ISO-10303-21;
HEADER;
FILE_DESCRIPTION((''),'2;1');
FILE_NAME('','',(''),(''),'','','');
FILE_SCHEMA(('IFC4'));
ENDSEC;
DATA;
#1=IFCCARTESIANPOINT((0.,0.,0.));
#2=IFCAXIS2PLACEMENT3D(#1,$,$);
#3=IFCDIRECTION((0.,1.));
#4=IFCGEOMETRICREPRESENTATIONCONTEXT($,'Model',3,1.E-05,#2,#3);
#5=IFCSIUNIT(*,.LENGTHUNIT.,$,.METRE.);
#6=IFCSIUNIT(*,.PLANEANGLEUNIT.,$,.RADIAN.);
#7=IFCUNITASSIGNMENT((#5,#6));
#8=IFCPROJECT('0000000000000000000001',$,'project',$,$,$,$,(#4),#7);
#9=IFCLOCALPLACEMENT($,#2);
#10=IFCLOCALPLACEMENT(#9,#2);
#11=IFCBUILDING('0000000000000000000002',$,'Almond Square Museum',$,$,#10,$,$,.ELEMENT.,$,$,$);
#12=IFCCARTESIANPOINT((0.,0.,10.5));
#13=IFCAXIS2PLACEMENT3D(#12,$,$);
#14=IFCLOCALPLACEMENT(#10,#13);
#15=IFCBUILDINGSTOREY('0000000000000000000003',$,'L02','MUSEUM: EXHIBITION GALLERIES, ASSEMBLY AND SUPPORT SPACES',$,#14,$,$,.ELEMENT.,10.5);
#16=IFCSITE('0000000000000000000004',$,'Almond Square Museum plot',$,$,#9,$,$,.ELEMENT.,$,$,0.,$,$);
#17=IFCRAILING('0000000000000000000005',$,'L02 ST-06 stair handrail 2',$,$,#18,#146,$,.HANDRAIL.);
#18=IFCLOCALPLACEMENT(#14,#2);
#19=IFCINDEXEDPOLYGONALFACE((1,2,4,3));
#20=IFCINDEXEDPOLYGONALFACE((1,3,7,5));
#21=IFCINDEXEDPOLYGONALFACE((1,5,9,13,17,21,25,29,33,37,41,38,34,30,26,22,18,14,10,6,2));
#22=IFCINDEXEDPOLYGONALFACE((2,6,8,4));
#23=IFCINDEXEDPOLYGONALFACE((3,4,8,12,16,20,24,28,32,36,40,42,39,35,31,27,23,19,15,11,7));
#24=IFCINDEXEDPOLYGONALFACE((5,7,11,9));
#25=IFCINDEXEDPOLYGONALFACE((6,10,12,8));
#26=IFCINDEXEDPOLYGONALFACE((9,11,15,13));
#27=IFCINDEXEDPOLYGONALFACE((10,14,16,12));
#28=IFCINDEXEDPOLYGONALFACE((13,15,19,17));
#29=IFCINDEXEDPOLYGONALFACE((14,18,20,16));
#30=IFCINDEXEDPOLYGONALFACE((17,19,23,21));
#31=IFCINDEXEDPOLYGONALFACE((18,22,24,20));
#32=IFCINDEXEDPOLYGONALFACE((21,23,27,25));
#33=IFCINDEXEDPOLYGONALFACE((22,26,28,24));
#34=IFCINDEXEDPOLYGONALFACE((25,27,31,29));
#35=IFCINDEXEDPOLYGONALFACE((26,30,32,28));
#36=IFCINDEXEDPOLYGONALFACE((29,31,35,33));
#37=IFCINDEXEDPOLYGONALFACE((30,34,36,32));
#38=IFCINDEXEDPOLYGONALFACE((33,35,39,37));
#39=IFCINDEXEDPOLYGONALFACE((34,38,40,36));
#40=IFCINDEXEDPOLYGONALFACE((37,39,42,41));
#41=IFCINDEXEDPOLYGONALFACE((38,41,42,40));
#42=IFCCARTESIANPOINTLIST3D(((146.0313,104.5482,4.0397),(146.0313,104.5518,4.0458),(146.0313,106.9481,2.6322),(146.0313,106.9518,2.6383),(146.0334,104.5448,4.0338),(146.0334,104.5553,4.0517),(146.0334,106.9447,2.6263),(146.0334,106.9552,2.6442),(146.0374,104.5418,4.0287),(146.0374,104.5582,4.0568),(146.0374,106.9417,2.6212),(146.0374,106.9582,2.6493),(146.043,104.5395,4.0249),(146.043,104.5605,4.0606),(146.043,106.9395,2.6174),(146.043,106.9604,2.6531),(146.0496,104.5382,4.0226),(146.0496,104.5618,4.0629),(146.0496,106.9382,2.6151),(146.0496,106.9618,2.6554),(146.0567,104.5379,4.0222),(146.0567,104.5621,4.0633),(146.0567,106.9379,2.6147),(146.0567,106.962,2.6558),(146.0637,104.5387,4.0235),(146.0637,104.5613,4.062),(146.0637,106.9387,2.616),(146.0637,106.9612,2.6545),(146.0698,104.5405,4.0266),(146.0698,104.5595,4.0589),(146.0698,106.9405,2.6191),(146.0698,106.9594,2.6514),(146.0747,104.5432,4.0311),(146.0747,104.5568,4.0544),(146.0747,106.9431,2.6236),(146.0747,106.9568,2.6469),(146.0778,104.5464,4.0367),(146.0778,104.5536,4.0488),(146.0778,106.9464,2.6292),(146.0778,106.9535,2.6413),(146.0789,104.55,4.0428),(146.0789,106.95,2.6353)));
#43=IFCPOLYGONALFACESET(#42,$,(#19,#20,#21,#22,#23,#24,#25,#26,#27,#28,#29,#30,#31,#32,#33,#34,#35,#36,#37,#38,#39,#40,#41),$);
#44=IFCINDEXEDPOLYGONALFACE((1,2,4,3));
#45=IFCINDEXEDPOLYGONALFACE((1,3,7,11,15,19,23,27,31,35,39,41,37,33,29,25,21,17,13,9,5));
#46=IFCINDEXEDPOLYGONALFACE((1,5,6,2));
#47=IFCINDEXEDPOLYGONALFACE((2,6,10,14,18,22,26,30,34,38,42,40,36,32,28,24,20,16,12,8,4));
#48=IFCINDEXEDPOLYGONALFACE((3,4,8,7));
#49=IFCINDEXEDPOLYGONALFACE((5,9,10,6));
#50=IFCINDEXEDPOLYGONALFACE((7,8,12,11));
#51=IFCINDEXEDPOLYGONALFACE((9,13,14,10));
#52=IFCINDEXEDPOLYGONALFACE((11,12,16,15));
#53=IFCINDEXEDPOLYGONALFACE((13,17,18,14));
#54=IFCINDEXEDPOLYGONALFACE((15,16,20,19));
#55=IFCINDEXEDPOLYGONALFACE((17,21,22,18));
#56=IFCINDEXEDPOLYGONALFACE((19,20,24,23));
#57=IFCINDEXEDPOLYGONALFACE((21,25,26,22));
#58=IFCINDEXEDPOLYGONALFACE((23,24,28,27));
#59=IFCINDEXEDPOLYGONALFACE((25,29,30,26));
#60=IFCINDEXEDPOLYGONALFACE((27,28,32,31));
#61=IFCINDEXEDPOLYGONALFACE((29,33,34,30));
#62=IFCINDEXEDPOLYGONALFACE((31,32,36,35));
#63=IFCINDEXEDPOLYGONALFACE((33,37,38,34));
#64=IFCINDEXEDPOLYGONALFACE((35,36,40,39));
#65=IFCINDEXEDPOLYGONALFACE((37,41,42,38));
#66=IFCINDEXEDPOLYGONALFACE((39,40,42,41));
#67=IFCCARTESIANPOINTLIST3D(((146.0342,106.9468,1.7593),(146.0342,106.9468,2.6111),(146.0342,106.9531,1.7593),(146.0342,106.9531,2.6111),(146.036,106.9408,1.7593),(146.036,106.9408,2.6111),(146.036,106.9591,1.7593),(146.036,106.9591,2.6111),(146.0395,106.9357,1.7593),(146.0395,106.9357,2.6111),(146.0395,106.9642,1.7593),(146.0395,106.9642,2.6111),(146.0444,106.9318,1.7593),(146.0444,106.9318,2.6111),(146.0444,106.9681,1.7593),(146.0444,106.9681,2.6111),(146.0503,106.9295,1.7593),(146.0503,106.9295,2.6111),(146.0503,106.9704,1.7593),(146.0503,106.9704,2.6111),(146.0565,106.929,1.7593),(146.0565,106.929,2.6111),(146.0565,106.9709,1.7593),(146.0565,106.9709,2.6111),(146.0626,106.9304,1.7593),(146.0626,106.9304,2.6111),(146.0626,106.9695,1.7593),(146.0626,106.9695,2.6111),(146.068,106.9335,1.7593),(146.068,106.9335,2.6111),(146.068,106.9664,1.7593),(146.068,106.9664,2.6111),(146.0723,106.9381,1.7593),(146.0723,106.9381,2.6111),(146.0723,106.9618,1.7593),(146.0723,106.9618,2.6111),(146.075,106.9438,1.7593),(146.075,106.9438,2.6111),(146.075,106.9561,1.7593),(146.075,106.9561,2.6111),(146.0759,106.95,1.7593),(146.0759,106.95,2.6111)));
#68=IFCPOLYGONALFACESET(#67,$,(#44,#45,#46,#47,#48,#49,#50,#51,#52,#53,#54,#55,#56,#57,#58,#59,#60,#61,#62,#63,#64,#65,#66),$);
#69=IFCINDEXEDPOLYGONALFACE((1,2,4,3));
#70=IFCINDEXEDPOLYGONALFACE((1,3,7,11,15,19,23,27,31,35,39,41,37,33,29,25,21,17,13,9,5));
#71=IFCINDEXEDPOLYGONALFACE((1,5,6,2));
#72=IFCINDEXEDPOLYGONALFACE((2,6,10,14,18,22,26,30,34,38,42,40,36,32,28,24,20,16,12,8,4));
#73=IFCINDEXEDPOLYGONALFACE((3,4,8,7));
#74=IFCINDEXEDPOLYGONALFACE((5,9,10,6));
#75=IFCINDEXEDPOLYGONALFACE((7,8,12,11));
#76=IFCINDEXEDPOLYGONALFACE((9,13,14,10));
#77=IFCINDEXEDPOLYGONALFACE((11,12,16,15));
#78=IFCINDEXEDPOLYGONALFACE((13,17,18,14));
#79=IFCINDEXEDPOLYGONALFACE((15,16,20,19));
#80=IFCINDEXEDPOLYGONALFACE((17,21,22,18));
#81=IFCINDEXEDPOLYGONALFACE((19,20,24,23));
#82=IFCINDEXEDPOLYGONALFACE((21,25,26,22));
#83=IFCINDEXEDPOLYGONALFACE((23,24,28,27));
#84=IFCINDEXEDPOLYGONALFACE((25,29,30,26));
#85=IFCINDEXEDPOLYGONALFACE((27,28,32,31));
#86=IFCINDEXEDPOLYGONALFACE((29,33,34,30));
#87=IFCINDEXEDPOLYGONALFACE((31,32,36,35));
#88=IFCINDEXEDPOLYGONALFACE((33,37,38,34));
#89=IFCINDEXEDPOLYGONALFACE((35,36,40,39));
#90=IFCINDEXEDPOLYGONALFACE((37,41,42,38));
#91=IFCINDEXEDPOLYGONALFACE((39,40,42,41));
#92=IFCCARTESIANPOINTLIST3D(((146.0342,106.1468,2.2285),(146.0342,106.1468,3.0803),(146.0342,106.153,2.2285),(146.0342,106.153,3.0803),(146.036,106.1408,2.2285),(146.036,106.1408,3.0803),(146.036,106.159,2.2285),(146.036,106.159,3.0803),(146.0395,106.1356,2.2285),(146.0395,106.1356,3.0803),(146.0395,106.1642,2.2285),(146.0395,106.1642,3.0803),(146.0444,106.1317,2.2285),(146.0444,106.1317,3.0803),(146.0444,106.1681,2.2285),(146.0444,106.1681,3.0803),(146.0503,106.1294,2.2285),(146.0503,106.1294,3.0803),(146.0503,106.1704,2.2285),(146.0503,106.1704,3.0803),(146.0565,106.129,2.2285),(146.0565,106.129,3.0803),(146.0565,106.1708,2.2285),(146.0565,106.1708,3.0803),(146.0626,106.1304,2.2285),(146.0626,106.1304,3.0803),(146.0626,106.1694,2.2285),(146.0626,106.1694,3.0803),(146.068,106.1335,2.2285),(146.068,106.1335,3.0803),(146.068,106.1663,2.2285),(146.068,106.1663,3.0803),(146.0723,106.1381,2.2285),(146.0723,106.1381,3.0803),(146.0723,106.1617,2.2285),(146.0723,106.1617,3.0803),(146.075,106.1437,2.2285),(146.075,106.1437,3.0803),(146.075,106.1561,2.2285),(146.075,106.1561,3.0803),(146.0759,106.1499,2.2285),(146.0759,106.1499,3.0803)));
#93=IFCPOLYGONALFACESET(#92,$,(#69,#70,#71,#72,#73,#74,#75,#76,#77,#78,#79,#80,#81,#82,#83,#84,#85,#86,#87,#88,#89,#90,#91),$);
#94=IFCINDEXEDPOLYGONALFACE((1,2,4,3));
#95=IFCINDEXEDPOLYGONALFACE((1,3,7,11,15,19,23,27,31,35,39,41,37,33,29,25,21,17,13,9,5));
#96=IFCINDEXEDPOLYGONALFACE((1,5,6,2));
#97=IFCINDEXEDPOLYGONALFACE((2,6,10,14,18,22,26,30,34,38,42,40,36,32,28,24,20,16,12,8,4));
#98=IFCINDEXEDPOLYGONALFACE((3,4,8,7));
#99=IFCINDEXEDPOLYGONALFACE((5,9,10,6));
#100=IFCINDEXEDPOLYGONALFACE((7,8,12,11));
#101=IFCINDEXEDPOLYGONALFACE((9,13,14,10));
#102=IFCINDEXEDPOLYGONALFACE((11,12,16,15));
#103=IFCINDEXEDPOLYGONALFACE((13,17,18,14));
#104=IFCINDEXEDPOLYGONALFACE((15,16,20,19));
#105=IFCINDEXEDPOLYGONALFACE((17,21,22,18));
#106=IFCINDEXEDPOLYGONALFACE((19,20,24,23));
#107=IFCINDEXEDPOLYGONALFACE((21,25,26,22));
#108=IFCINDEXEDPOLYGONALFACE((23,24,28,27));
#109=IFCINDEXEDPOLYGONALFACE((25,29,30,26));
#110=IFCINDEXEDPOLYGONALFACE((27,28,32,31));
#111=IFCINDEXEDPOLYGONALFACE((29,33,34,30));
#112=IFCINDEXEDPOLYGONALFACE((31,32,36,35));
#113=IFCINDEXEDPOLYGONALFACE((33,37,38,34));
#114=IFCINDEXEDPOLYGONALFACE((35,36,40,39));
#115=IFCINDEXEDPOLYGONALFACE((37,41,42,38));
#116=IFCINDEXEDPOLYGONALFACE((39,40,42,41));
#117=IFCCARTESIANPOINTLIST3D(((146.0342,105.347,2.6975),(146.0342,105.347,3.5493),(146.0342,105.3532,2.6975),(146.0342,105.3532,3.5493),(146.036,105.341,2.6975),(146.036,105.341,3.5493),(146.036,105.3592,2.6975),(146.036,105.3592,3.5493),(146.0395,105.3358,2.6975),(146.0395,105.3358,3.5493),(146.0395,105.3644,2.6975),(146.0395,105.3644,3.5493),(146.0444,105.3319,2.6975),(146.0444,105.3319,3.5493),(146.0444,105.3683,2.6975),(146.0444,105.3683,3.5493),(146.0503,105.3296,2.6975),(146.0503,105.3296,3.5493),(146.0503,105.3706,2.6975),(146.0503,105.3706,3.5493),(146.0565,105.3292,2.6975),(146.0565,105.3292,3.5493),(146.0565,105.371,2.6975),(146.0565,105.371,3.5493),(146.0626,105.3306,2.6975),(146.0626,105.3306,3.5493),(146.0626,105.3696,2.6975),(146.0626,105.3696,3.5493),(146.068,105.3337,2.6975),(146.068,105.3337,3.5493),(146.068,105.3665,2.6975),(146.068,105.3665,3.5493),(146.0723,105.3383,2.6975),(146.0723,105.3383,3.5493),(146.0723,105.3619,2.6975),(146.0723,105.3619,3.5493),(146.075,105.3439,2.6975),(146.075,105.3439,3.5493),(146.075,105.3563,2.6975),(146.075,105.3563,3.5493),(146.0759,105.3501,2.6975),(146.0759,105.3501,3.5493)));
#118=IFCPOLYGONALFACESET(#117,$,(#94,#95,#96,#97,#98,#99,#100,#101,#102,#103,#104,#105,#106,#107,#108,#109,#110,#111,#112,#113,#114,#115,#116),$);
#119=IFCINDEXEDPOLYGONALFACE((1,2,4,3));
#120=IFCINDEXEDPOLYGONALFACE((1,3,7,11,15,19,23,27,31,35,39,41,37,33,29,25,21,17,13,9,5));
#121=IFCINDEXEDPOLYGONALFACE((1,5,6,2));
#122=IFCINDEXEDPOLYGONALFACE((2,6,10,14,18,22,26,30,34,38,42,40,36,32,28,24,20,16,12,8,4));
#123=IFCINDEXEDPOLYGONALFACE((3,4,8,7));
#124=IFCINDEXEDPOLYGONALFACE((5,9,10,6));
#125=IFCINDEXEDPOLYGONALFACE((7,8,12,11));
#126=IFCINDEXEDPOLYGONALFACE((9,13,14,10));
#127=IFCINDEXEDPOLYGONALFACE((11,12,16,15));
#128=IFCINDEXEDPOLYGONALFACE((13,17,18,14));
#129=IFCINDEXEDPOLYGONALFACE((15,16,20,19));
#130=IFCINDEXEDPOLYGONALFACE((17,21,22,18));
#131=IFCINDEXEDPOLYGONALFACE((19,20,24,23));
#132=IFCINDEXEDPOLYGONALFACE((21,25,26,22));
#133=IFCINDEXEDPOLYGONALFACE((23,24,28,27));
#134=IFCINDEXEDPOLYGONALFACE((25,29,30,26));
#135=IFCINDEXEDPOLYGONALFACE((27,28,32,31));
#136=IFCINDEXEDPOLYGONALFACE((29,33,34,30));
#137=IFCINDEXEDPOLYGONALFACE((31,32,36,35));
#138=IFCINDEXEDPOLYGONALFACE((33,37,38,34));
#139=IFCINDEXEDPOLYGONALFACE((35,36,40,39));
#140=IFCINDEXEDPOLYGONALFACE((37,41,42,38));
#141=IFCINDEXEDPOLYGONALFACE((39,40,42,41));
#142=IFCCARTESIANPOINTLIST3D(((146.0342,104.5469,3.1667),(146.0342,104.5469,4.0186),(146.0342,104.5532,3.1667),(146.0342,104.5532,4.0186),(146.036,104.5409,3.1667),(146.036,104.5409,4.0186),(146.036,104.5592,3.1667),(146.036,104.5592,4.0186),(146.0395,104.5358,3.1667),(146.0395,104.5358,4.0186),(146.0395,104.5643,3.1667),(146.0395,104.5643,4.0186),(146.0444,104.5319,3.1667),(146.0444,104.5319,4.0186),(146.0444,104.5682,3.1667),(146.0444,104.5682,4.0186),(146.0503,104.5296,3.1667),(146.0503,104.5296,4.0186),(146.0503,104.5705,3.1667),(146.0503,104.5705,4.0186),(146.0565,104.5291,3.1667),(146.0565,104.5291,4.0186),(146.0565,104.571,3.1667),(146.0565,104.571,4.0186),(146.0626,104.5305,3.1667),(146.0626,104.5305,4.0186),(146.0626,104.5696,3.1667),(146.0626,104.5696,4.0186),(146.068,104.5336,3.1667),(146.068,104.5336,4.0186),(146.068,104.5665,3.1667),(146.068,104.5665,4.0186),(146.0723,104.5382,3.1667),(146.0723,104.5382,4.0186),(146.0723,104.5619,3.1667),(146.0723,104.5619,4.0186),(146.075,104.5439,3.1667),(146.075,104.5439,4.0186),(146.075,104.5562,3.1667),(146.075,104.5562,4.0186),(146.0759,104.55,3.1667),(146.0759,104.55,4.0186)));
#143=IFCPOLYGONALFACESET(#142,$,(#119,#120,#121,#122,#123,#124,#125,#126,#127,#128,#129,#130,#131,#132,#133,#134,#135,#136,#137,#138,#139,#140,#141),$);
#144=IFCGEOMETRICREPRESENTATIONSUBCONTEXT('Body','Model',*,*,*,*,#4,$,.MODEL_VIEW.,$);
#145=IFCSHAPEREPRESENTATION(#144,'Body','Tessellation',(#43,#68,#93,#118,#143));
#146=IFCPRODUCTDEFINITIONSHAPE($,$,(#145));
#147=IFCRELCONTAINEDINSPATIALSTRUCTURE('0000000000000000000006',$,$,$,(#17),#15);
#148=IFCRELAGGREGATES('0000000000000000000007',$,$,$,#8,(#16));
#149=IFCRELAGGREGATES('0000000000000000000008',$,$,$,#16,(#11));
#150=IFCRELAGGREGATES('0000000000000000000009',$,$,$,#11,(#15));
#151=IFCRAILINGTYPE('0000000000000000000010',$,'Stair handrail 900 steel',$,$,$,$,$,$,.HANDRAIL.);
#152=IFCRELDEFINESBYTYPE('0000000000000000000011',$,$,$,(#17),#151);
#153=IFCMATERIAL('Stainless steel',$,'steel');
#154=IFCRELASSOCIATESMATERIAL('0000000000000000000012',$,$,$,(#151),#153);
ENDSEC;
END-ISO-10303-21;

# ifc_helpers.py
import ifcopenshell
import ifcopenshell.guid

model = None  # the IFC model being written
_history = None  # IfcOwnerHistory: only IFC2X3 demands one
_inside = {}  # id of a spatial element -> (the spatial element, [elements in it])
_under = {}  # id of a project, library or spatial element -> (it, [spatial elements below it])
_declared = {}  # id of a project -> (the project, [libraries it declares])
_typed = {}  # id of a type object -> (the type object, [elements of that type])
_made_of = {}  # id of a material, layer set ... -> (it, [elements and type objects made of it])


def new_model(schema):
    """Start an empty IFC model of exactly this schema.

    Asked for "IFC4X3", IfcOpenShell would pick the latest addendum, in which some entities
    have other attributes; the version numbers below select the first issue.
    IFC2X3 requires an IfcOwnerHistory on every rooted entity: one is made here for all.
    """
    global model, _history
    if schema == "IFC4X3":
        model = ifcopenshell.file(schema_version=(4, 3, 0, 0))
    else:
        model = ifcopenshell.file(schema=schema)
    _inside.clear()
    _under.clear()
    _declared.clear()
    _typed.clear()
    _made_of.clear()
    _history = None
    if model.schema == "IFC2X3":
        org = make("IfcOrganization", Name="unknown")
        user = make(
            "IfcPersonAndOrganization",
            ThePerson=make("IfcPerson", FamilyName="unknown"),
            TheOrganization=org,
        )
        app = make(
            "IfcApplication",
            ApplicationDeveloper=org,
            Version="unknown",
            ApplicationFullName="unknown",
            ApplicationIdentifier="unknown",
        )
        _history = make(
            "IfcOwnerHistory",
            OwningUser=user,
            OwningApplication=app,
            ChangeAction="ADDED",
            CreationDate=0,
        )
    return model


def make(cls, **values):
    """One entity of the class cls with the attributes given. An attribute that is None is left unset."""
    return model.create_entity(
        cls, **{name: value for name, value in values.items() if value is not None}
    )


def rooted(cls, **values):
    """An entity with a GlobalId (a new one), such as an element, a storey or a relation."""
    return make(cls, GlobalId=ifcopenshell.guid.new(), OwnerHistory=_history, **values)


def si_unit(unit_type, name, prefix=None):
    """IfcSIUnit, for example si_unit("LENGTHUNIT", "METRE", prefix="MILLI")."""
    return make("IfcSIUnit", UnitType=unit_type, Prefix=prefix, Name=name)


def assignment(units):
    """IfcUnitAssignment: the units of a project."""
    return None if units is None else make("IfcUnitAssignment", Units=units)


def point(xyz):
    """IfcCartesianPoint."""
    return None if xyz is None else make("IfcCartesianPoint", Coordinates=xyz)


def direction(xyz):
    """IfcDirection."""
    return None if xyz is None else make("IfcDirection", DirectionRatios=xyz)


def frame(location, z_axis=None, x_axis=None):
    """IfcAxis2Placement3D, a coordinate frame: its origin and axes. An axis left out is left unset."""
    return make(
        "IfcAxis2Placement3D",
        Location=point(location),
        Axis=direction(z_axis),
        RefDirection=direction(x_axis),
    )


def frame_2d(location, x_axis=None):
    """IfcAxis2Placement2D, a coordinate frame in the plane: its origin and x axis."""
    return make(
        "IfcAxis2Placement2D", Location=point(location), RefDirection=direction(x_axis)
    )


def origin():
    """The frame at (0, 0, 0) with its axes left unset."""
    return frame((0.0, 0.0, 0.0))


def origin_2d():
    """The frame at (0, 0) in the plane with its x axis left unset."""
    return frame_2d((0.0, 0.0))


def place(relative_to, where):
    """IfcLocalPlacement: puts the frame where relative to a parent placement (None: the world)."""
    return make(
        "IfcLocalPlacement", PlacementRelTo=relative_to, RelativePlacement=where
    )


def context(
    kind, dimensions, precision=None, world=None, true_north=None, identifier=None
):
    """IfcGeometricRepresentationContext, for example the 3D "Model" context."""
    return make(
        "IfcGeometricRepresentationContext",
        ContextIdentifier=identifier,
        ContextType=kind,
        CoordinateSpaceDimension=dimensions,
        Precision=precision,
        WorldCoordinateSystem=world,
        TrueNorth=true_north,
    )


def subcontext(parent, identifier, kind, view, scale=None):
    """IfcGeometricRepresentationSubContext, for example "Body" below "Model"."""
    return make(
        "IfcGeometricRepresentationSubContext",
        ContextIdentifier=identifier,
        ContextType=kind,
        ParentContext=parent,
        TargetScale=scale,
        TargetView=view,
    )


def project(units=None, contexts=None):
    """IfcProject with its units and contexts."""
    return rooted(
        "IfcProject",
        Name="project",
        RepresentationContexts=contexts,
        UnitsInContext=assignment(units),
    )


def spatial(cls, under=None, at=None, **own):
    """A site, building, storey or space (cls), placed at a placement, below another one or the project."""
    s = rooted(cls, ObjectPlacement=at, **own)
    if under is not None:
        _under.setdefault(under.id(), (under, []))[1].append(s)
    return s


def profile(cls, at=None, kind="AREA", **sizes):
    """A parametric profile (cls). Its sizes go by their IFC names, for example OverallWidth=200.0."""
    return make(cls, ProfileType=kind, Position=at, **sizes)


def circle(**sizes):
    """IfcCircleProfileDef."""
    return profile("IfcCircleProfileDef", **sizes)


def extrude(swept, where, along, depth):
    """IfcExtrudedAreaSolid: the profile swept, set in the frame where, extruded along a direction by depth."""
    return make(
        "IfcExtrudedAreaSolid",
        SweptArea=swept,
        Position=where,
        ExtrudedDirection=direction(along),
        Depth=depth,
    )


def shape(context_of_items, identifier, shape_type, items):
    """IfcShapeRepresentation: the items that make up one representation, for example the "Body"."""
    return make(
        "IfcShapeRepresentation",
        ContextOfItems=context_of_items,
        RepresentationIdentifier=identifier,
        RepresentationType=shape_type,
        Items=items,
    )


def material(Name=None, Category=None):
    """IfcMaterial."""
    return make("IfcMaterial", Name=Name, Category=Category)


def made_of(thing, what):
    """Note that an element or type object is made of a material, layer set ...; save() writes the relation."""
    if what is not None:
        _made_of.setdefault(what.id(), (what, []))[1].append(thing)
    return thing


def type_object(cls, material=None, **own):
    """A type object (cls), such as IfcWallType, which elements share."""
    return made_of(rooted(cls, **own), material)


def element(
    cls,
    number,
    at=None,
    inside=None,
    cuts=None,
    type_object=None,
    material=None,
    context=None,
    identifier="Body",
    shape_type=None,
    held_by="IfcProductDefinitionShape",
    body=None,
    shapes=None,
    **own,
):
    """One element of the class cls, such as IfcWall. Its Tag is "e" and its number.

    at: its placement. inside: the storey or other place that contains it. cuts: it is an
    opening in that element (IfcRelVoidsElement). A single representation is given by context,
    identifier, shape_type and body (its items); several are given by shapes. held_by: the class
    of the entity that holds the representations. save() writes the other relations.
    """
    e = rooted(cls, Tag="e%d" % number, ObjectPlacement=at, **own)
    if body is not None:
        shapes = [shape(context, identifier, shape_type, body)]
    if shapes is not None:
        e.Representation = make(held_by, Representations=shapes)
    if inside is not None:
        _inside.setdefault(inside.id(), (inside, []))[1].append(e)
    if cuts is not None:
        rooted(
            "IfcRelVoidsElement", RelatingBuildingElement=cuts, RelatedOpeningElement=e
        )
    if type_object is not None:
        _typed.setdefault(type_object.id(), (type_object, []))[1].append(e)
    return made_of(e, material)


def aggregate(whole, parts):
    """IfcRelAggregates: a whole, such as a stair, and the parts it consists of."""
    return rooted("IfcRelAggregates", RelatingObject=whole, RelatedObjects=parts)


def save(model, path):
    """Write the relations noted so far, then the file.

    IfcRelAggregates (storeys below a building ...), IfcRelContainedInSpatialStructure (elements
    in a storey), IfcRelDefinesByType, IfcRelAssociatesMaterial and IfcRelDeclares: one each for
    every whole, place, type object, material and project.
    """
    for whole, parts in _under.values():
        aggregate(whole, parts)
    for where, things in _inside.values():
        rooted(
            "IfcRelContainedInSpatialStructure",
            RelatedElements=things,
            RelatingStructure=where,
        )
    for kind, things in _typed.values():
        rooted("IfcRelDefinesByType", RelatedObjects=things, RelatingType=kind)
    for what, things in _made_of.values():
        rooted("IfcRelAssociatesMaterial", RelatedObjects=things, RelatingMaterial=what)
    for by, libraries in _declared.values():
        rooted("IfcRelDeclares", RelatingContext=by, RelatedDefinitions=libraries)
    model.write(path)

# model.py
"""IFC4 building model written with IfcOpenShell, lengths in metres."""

from ifc_helpers import new_model, si_unit, direction, frame, origin, origin_2d, place, context, subcontext, project, spatial, circle, extrude, material, type_object, element, save


model = new_model("IFC4")

# Units and contexts
model_context = context("Model", 3, precision=1e-05, world=origin(), true_north=direction((0.0, 1.0)))
body_context = subcontext(model_context, "Body", "Model", "MODEL_VIEW")
ifc_project = project(units=[si_unit("LENGTHUNIT", "METRE"), si_unit("PLANEANGLEUNIT", "RADIAN")], contexts=[model_context])

# Site, building, storey
site_placement = place(None, origin())
site = spatial("IfcSite", under=ifc_project, at=site_placement, Name="Almond Square Museum plot", CompositionType="ELEMENT", RefElevation=0.0)
building_placement = place(site_placement, origin())
building = spatial("IfcBuilding", under=site, at=building_placement, Name="Almond Square Museum", CompositionType="ELEMENT")
storey_placement = place(building_placement, frame((0.0, 0.0, 10.5)))
storey = spatial("IfcBuildingStorey", under=building, at=storey_placement, Name="L02", Description="MUSEUM: EXHIBITION GALLERIES, ASSEMBLY AND SUPPORT SPACES", CompositionType="ELEMENT", Elevation=10.5)

# Railing
ifc_material_1 = material(Name="Stainless steel", Category="steel")
railing_type_1 = type_object("IfcRailingType", Name="Stair handrail 900 steel", PredefinedType="HANDRAIL", material=ifc_material_1)
for number, where, name in (
    (1, (146.0549, 106.95, 1.7593), "L02 ST-06 stair handrail 2"),
):
    element("IfcRailing", number, at=place(storey_placement, frame(where)), inside=storey, type_object=railing_type_1, Name=name, PredefinedType="HANDRAIL", context=body_context, shape_type="SweptSolid", body=[
        extrude(circle(Radius=0.0239, at=origin_2d()), frame((0.0, 0.0, 0.876), z_axis=(0.0, -0.862599, 0.505888), x_axis=(1.0, 0.0, 0.0)), (0.0, 0.0, 1.0), 2.7822),
        extrude(circle(Radius=0.021, at=origin_2d()), origin(), (0.0, 0.0, 1.0), 0.8518),
        extrude(circle(Radius=0.021, at=origin_2d()), frame((0.0, -0.8, 0.4692)), (0.0, 0.0, 1.0), 0.8518),
        extrude(circle(Radius=0.021, at=origin_2d()), frame((0.0, -1.5999, 0.9382)), (0.0, 0.0, 1.0), 0.8518),
        extrude(circle(Radius=0.021, at=origin_2d()), frame((0.0, -2.3999, 1.4075)), (0.0, 0.0, 1.0), 0.8518),
    ])

save(model, "model.ifc")
